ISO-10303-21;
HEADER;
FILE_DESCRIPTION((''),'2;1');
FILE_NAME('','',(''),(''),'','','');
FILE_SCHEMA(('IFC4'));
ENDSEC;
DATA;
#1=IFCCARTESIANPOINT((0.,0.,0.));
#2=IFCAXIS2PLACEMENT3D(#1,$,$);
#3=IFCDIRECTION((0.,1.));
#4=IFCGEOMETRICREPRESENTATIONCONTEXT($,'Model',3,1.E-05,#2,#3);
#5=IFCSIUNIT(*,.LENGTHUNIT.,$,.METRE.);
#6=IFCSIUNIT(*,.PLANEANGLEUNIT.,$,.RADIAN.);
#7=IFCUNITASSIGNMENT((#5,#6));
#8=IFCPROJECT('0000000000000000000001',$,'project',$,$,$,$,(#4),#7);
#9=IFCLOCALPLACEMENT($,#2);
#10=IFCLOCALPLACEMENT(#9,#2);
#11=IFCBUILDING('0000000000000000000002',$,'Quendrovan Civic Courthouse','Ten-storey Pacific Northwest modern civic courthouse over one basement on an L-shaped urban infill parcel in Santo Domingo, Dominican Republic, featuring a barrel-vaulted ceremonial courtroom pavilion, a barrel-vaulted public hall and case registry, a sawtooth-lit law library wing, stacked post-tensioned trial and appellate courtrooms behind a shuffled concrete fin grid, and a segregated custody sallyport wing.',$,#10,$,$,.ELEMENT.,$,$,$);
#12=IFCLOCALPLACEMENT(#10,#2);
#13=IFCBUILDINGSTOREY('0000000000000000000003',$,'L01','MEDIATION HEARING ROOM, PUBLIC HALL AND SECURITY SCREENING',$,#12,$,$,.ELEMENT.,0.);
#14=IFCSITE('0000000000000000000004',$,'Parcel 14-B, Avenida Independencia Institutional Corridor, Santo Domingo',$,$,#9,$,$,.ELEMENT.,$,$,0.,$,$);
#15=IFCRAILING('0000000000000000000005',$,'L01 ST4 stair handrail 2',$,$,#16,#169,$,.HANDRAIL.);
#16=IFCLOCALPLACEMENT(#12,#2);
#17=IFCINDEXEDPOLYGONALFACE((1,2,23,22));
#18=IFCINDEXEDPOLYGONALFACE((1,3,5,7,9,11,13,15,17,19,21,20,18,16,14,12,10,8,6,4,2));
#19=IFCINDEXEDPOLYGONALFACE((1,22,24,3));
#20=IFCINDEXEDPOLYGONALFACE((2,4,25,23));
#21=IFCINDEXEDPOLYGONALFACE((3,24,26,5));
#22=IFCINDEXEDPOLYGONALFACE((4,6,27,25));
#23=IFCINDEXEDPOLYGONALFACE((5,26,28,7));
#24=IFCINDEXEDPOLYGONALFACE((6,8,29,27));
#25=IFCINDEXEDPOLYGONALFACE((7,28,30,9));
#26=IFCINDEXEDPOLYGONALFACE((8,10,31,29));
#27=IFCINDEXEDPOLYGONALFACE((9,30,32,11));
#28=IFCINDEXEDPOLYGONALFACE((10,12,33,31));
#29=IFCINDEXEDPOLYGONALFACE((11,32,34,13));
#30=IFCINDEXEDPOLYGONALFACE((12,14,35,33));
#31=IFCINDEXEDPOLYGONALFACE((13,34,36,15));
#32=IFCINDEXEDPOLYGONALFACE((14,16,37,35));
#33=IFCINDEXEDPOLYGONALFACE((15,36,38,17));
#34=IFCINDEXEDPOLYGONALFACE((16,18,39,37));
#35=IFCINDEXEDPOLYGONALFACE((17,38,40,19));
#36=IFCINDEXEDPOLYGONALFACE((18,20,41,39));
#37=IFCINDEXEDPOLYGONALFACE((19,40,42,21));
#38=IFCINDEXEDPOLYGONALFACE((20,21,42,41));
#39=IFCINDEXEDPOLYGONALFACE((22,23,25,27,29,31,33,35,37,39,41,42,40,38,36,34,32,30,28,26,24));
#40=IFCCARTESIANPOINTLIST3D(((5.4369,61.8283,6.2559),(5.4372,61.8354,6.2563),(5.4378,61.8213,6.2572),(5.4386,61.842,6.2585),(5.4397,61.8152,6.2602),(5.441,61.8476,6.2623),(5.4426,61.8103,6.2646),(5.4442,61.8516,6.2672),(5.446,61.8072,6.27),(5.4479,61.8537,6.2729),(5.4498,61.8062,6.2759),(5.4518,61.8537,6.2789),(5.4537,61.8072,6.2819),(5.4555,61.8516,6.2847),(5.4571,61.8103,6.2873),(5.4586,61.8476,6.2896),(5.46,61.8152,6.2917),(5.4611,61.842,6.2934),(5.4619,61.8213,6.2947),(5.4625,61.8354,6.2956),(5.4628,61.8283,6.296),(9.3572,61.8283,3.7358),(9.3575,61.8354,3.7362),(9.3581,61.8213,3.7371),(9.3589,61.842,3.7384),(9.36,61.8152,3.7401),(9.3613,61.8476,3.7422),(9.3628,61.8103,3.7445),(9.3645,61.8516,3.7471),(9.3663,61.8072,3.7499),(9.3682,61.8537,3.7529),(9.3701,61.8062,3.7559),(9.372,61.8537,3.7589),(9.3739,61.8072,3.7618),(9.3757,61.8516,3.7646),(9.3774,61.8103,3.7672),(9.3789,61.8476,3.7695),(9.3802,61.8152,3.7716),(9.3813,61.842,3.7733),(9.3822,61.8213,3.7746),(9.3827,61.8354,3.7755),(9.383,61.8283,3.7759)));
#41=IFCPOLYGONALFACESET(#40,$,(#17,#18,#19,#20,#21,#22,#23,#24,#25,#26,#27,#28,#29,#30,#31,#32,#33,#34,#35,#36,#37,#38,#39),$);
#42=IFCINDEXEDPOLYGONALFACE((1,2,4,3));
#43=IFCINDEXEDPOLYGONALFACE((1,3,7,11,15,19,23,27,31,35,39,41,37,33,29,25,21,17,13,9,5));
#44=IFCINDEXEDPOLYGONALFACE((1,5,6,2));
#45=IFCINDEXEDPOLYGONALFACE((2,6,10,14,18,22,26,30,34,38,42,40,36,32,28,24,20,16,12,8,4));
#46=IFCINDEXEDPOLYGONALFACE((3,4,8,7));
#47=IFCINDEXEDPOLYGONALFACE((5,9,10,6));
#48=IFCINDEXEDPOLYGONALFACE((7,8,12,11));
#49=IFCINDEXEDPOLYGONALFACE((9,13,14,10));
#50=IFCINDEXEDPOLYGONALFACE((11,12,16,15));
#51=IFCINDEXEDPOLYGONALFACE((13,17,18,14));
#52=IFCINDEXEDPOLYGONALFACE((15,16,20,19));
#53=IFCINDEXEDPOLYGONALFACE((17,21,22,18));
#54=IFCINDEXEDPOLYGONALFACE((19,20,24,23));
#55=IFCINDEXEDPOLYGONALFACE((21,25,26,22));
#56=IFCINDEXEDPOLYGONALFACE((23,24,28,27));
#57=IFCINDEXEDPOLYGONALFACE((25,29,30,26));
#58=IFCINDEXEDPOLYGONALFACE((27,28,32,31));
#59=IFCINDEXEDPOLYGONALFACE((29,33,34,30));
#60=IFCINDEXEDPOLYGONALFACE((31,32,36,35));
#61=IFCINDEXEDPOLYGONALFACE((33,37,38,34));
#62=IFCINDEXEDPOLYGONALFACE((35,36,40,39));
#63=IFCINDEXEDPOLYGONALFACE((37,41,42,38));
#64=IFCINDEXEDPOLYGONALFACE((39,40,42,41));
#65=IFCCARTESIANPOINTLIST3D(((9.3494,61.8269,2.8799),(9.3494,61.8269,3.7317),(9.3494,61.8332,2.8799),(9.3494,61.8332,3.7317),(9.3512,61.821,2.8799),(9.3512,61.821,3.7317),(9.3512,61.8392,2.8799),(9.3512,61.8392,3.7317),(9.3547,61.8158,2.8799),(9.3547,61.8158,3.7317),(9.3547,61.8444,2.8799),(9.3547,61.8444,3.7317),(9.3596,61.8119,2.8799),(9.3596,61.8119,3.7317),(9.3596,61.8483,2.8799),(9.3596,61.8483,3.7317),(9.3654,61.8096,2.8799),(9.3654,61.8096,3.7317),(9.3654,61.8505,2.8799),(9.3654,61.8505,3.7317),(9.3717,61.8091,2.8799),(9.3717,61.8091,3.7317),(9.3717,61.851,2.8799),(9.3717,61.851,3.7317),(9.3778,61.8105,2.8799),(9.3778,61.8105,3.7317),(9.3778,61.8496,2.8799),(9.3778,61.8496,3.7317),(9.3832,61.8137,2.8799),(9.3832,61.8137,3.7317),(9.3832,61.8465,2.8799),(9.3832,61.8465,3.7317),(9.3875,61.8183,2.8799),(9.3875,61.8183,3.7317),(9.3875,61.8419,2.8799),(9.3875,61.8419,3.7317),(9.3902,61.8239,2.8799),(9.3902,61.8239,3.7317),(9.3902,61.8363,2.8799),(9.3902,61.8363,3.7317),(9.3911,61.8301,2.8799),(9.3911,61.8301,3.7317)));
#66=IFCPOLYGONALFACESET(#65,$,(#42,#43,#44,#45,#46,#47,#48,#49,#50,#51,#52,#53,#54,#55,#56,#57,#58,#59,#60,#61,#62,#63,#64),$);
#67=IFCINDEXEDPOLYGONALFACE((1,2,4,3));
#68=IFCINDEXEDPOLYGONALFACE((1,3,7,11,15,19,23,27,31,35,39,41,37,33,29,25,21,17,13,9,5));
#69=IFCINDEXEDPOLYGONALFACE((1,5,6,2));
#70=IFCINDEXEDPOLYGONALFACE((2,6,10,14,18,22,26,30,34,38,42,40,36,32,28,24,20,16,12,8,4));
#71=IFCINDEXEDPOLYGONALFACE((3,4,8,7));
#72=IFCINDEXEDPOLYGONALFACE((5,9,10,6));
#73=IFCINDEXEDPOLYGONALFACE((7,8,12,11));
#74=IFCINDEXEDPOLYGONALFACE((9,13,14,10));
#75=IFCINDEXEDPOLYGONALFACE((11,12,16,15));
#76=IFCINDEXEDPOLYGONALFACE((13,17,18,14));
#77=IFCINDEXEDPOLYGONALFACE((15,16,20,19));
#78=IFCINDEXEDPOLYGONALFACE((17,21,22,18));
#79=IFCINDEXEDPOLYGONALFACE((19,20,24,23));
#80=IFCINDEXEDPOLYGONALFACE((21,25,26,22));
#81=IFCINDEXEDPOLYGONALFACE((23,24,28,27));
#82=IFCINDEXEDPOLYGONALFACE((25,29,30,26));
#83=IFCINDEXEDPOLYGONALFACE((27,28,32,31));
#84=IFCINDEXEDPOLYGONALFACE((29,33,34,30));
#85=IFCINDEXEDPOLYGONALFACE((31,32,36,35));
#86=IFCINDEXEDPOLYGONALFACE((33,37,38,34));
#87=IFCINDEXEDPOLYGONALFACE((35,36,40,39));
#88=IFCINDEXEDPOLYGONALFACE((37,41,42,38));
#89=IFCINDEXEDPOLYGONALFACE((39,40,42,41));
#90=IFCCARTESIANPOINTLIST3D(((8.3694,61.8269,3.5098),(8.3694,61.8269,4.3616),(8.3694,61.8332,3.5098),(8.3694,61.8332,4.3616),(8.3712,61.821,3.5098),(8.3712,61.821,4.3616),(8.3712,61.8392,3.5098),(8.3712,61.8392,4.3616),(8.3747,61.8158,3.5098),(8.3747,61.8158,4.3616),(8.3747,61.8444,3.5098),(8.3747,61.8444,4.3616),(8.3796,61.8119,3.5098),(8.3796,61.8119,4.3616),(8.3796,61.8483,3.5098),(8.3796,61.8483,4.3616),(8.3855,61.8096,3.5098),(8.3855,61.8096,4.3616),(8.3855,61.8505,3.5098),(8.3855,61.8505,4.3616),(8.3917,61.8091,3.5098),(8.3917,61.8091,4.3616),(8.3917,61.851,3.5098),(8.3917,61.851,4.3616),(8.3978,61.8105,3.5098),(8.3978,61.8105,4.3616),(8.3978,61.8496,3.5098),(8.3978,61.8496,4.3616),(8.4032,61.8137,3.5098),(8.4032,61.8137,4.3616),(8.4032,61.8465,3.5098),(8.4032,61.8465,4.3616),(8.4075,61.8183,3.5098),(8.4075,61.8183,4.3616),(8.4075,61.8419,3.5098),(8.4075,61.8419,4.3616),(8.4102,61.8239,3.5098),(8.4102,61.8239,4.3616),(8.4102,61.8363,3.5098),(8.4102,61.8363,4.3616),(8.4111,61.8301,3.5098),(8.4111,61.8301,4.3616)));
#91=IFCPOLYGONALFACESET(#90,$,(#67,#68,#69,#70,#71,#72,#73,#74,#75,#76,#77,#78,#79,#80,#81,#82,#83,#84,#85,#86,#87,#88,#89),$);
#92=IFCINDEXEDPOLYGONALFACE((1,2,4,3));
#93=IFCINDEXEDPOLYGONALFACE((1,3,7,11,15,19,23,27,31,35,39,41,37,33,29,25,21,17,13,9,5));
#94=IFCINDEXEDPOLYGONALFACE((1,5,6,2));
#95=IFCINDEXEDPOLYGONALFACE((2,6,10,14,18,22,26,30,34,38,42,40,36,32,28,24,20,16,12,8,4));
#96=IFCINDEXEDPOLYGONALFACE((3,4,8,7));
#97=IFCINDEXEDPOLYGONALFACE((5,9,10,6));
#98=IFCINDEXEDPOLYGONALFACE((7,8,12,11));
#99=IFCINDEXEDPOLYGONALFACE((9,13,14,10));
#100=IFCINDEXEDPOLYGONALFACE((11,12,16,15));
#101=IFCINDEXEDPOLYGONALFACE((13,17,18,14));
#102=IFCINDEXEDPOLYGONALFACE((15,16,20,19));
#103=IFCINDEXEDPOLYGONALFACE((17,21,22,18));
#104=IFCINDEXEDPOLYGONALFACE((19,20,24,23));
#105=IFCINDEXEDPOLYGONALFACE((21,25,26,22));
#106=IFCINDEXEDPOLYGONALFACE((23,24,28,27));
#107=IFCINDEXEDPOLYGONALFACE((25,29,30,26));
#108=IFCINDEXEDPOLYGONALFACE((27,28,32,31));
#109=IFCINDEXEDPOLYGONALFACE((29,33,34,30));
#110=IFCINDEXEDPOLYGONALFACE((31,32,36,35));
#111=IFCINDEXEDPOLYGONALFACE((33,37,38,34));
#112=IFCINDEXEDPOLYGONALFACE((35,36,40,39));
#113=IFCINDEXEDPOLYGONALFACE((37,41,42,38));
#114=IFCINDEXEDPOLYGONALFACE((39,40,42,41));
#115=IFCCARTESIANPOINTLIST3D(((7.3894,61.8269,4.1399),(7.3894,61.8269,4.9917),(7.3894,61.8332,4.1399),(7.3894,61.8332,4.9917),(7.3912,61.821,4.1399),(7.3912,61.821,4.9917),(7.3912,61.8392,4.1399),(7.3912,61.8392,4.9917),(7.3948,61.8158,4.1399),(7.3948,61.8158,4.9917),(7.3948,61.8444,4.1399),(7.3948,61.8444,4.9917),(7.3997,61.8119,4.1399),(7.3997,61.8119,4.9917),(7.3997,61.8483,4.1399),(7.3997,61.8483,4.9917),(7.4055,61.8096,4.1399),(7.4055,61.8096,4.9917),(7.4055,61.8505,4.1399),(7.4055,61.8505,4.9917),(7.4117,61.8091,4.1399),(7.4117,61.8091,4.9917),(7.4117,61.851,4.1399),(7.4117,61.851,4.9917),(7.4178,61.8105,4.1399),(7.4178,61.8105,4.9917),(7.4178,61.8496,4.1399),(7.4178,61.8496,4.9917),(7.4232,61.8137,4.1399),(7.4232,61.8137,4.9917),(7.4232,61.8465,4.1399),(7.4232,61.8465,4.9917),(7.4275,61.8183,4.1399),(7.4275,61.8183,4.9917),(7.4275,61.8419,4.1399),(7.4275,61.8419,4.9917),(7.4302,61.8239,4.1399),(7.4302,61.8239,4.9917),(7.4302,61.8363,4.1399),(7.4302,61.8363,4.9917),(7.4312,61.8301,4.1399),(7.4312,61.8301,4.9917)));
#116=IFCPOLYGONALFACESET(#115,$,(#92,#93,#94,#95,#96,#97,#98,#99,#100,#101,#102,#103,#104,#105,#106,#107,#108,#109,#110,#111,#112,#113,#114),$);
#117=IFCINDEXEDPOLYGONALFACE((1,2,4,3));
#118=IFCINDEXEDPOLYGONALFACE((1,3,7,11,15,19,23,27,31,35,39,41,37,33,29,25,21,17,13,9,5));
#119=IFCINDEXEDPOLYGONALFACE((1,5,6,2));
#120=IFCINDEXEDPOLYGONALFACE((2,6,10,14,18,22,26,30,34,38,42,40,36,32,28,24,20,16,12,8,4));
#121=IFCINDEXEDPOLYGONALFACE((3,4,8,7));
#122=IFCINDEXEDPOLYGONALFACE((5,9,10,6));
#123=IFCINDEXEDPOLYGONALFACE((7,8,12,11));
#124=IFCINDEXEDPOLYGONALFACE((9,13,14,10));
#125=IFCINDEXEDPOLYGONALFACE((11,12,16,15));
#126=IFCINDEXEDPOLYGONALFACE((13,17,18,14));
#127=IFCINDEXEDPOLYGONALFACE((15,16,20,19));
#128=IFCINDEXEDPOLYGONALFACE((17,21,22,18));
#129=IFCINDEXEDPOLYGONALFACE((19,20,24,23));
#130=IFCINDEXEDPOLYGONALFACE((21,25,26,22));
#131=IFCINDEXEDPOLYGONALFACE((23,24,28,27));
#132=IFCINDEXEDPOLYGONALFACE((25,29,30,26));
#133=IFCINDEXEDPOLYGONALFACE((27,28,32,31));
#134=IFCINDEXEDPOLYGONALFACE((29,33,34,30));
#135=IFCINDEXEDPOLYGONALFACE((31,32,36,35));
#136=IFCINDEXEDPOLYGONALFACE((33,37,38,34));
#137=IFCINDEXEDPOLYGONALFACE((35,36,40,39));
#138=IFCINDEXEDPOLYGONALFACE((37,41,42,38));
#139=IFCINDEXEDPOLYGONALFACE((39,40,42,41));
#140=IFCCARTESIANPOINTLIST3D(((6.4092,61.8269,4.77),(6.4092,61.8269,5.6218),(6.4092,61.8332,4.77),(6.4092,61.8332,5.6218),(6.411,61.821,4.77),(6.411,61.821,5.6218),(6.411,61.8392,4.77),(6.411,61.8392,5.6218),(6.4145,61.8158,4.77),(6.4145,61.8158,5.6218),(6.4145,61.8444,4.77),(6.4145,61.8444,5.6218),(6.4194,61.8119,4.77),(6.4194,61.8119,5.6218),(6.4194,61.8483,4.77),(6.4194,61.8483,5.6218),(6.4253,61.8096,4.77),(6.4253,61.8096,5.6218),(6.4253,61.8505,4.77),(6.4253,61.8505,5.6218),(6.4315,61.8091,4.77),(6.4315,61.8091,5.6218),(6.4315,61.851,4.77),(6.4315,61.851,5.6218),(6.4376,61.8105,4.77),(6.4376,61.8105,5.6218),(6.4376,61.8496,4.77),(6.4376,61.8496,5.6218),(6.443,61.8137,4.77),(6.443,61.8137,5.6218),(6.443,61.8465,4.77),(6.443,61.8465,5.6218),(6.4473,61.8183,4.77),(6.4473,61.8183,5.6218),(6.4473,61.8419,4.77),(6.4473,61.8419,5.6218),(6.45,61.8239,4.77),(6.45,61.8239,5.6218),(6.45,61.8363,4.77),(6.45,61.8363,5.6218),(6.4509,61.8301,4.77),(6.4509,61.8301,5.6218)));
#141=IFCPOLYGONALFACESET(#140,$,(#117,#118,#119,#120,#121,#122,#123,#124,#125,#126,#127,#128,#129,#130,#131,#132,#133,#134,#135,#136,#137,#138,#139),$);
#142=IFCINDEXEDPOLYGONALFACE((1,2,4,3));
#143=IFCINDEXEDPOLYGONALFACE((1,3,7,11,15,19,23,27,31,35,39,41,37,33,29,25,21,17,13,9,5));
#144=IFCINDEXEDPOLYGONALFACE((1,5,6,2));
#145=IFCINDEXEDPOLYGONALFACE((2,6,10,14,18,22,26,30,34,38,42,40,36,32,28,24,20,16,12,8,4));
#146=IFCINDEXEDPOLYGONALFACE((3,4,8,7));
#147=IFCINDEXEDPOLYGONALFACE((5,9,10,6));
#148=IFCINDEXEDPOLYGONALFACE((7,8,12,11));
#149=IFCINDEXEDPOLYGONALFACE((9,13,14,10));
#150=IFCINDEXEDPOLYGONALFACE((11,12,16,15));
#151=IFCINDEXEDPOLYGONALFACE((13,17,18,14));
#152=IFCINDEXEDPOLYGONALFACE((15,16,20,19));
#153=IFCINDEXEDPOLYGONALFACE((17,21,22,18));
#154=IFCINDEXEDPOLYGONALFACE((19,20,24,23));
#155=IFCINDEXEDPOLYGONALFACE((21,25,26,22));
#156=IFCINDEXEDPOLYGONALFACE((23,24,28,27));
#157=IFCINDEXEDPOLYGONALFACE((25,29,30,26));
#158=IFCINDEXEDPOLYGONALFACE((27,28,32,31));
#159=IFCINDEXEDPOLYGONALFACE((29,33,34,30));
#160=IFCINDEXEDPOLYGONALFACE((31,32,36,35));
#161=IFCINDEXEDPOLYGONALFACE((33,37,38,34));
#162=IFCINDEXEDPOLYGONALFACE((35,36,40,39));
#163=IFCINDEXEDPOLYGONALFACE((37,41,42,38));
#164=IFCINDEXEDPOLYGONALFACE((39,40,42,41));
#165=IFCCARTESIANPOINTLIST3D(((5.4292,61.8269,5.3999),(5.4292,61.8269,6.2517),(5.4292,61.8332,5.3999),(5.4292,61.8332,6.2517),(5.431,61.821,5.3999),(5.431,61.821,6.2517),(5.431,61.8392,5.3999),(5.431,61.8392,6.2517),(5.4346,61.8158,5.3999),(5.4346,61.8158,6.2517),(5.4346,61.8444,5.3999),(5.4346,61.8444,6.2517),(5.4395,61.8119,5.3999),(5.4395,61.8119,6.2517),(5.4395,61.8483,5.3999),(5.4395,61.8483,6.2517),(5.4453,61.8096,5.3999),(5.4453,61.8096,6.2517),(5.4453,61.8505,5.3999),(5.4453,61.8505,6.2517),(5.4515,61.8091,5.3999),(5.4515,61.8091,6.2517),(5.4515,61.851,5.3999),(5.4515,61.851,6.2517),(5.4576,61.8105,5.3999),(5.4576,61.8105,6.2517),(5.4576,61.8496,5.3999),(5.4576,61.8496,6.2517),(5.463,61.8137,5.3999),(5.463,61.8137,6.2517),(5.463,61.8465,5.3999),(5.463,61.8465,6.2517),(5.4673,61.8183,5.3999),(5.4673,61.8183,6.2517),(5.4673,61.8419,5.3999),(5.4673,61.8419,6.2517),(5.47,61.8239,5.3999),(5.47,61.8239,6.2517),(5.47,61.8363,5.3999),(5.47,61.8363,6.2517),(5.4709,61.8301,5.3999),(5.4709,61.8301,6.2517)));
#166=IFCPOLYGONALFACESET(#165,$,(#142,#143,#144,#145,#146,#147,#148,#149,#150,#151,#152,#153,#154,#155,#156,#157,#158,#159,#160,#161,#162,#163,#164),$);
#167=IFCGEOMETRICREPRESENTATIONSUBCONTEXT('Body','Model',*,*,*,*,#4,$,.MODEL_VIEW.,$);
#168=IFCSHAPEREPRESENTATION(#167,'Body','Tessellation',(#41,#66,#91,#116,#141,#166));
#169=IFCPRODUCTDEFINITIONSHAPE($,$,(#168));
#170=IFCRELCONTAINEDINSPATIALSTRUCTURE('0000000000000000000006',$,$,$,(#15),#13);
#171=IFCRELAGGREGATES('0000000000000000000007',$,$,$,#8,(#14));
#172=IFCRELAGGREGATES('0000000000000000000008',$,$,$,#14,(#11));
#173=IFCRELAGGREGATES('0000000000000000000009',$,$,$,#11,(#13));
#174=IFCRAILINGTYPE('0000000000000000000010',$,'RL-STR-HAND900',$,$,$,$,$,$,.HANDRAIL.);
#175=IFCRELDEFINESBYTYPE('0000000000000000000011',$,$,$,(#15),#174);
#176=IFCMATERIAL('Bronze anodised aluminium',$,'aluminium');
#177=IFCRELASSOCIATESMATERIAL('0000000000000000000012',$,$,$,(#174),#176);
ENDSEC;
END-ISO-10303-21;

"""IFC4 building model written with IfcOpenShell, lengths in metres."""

from ifc_helpers import new_model, si_unit, direction, frame, origin, origin_2d, place, context, subcontext, project, spatial, circle, extrude, material, type_object, element, save


model = new_model("IFC4")

# Units and contexts
model_context = context("Model", 3, precision=1e-05, world=origin(), true_north=direction((0.0, 1.0)))
body_context = subcontext(model_context, "Body", "Model", "MODEL_VIEW")
ifc_project = project(units=[si_unit("LENGTHUNIT", "METRE"), si_unit("PLANEANGLEUNIT", "RADIAN")], contexts=[model_context])

# Site, building, storey
site_placement = place(None, origin())
site = spatial("IfcSite", under=ifc_project, at=site_placement, Name="Parcel 14-B, Avenida Independencia Institutional Corridor, Santo Domingo", CompositionType="ELEMENT", RefElevation=0.0)
building_placement = place(site_placement, origin())
building = spatial("IfcBuilding", under=site, at=building_placement, Name="Quendrovan Civic Courthouse", Description="Ten-storey Pacific Northwest modern civic courthouse over one basement on an L-shaped urban infill parcel in Santo Domingo, Dominican Republic, featuring a barrel-vaulted ceremonial courtroom pavilion, a barrel-vaulted public hall and case registry, a sawtooth-lit law library wing, stacked post-tensioned trial and appellate courtrooms behind a shuffled concrete fin grid, and a segregated custody sallyport wing.", CompositionType="ELEMENT")
storey_placement = place(building_placement, origin())
storey = spatial("IfcBuildingStorey", under=building, at=storey_placement, Name="L01", Description="MEDIATION HEARING ROOM, PUBLIC HALL AND SECURITY SCREENING", CompositionType="ELEMENT", Elevation=0.0)

# Shared definitions
ifc_material_1 = material(Name="Bronze anodised aluminium", Category="aluminium")

# Railing
railing_type_1 = type_object("IfcRailingType", Name="RL-STR-HAND900", PredefinedType="HANDRAIL", material=ifc_material_1)
railing_1_placement = place(storey_placement, frame((9.3701, 61.8301, 2.8799)))
element("IfcRailing", 1, at=railing_1_placement, inside=storey, type_object=railing_type_1, Name="L01 ST4 stair handrail 2", PredefinedType="HANDRAIL", context=body_context, shape_type="SweptSolid", body=[
    extrude(circle(Radius=0.0239, at=origin_2d()), frame((0.0, 0.0, 0.876), z_axis=(-0.841187, 0.0, 0.540744), x_axis=(0.0, -1.0, 0.0)), (0.0, 0.0, 1.0), 4.6604),
    extrude(circle(Radius=0.021, at=origin_2d()), origin(), (0.0, 0.0, 1.0), 0.8518),
    extrude(circle(Radius=0.021, at=origin_2d()), frame((-0.98, 0.0, 0.6299)), (0.0, 0.0, 1.0), 0.8518),
    extrude(circle(Radius=0.021, at=origin_2d()), frame((-1.96, 0.0, 1.26)), (0.0, 0.0, 1.0), 0.8518),
    extrude(circle(Radius=0.021, at=origin_2d()), frame((-2.9402, 0.0, 1.8901)), (0.0, 0.0, 1.0), 0.8518),
    extrude(circle(Radius=0.021, at=origin_2d()), frame((-3.9202, 0.0, 2.52)), (0.0, 0.0, 1.0), 0.8518),
])

save(model, "model.ifc")
